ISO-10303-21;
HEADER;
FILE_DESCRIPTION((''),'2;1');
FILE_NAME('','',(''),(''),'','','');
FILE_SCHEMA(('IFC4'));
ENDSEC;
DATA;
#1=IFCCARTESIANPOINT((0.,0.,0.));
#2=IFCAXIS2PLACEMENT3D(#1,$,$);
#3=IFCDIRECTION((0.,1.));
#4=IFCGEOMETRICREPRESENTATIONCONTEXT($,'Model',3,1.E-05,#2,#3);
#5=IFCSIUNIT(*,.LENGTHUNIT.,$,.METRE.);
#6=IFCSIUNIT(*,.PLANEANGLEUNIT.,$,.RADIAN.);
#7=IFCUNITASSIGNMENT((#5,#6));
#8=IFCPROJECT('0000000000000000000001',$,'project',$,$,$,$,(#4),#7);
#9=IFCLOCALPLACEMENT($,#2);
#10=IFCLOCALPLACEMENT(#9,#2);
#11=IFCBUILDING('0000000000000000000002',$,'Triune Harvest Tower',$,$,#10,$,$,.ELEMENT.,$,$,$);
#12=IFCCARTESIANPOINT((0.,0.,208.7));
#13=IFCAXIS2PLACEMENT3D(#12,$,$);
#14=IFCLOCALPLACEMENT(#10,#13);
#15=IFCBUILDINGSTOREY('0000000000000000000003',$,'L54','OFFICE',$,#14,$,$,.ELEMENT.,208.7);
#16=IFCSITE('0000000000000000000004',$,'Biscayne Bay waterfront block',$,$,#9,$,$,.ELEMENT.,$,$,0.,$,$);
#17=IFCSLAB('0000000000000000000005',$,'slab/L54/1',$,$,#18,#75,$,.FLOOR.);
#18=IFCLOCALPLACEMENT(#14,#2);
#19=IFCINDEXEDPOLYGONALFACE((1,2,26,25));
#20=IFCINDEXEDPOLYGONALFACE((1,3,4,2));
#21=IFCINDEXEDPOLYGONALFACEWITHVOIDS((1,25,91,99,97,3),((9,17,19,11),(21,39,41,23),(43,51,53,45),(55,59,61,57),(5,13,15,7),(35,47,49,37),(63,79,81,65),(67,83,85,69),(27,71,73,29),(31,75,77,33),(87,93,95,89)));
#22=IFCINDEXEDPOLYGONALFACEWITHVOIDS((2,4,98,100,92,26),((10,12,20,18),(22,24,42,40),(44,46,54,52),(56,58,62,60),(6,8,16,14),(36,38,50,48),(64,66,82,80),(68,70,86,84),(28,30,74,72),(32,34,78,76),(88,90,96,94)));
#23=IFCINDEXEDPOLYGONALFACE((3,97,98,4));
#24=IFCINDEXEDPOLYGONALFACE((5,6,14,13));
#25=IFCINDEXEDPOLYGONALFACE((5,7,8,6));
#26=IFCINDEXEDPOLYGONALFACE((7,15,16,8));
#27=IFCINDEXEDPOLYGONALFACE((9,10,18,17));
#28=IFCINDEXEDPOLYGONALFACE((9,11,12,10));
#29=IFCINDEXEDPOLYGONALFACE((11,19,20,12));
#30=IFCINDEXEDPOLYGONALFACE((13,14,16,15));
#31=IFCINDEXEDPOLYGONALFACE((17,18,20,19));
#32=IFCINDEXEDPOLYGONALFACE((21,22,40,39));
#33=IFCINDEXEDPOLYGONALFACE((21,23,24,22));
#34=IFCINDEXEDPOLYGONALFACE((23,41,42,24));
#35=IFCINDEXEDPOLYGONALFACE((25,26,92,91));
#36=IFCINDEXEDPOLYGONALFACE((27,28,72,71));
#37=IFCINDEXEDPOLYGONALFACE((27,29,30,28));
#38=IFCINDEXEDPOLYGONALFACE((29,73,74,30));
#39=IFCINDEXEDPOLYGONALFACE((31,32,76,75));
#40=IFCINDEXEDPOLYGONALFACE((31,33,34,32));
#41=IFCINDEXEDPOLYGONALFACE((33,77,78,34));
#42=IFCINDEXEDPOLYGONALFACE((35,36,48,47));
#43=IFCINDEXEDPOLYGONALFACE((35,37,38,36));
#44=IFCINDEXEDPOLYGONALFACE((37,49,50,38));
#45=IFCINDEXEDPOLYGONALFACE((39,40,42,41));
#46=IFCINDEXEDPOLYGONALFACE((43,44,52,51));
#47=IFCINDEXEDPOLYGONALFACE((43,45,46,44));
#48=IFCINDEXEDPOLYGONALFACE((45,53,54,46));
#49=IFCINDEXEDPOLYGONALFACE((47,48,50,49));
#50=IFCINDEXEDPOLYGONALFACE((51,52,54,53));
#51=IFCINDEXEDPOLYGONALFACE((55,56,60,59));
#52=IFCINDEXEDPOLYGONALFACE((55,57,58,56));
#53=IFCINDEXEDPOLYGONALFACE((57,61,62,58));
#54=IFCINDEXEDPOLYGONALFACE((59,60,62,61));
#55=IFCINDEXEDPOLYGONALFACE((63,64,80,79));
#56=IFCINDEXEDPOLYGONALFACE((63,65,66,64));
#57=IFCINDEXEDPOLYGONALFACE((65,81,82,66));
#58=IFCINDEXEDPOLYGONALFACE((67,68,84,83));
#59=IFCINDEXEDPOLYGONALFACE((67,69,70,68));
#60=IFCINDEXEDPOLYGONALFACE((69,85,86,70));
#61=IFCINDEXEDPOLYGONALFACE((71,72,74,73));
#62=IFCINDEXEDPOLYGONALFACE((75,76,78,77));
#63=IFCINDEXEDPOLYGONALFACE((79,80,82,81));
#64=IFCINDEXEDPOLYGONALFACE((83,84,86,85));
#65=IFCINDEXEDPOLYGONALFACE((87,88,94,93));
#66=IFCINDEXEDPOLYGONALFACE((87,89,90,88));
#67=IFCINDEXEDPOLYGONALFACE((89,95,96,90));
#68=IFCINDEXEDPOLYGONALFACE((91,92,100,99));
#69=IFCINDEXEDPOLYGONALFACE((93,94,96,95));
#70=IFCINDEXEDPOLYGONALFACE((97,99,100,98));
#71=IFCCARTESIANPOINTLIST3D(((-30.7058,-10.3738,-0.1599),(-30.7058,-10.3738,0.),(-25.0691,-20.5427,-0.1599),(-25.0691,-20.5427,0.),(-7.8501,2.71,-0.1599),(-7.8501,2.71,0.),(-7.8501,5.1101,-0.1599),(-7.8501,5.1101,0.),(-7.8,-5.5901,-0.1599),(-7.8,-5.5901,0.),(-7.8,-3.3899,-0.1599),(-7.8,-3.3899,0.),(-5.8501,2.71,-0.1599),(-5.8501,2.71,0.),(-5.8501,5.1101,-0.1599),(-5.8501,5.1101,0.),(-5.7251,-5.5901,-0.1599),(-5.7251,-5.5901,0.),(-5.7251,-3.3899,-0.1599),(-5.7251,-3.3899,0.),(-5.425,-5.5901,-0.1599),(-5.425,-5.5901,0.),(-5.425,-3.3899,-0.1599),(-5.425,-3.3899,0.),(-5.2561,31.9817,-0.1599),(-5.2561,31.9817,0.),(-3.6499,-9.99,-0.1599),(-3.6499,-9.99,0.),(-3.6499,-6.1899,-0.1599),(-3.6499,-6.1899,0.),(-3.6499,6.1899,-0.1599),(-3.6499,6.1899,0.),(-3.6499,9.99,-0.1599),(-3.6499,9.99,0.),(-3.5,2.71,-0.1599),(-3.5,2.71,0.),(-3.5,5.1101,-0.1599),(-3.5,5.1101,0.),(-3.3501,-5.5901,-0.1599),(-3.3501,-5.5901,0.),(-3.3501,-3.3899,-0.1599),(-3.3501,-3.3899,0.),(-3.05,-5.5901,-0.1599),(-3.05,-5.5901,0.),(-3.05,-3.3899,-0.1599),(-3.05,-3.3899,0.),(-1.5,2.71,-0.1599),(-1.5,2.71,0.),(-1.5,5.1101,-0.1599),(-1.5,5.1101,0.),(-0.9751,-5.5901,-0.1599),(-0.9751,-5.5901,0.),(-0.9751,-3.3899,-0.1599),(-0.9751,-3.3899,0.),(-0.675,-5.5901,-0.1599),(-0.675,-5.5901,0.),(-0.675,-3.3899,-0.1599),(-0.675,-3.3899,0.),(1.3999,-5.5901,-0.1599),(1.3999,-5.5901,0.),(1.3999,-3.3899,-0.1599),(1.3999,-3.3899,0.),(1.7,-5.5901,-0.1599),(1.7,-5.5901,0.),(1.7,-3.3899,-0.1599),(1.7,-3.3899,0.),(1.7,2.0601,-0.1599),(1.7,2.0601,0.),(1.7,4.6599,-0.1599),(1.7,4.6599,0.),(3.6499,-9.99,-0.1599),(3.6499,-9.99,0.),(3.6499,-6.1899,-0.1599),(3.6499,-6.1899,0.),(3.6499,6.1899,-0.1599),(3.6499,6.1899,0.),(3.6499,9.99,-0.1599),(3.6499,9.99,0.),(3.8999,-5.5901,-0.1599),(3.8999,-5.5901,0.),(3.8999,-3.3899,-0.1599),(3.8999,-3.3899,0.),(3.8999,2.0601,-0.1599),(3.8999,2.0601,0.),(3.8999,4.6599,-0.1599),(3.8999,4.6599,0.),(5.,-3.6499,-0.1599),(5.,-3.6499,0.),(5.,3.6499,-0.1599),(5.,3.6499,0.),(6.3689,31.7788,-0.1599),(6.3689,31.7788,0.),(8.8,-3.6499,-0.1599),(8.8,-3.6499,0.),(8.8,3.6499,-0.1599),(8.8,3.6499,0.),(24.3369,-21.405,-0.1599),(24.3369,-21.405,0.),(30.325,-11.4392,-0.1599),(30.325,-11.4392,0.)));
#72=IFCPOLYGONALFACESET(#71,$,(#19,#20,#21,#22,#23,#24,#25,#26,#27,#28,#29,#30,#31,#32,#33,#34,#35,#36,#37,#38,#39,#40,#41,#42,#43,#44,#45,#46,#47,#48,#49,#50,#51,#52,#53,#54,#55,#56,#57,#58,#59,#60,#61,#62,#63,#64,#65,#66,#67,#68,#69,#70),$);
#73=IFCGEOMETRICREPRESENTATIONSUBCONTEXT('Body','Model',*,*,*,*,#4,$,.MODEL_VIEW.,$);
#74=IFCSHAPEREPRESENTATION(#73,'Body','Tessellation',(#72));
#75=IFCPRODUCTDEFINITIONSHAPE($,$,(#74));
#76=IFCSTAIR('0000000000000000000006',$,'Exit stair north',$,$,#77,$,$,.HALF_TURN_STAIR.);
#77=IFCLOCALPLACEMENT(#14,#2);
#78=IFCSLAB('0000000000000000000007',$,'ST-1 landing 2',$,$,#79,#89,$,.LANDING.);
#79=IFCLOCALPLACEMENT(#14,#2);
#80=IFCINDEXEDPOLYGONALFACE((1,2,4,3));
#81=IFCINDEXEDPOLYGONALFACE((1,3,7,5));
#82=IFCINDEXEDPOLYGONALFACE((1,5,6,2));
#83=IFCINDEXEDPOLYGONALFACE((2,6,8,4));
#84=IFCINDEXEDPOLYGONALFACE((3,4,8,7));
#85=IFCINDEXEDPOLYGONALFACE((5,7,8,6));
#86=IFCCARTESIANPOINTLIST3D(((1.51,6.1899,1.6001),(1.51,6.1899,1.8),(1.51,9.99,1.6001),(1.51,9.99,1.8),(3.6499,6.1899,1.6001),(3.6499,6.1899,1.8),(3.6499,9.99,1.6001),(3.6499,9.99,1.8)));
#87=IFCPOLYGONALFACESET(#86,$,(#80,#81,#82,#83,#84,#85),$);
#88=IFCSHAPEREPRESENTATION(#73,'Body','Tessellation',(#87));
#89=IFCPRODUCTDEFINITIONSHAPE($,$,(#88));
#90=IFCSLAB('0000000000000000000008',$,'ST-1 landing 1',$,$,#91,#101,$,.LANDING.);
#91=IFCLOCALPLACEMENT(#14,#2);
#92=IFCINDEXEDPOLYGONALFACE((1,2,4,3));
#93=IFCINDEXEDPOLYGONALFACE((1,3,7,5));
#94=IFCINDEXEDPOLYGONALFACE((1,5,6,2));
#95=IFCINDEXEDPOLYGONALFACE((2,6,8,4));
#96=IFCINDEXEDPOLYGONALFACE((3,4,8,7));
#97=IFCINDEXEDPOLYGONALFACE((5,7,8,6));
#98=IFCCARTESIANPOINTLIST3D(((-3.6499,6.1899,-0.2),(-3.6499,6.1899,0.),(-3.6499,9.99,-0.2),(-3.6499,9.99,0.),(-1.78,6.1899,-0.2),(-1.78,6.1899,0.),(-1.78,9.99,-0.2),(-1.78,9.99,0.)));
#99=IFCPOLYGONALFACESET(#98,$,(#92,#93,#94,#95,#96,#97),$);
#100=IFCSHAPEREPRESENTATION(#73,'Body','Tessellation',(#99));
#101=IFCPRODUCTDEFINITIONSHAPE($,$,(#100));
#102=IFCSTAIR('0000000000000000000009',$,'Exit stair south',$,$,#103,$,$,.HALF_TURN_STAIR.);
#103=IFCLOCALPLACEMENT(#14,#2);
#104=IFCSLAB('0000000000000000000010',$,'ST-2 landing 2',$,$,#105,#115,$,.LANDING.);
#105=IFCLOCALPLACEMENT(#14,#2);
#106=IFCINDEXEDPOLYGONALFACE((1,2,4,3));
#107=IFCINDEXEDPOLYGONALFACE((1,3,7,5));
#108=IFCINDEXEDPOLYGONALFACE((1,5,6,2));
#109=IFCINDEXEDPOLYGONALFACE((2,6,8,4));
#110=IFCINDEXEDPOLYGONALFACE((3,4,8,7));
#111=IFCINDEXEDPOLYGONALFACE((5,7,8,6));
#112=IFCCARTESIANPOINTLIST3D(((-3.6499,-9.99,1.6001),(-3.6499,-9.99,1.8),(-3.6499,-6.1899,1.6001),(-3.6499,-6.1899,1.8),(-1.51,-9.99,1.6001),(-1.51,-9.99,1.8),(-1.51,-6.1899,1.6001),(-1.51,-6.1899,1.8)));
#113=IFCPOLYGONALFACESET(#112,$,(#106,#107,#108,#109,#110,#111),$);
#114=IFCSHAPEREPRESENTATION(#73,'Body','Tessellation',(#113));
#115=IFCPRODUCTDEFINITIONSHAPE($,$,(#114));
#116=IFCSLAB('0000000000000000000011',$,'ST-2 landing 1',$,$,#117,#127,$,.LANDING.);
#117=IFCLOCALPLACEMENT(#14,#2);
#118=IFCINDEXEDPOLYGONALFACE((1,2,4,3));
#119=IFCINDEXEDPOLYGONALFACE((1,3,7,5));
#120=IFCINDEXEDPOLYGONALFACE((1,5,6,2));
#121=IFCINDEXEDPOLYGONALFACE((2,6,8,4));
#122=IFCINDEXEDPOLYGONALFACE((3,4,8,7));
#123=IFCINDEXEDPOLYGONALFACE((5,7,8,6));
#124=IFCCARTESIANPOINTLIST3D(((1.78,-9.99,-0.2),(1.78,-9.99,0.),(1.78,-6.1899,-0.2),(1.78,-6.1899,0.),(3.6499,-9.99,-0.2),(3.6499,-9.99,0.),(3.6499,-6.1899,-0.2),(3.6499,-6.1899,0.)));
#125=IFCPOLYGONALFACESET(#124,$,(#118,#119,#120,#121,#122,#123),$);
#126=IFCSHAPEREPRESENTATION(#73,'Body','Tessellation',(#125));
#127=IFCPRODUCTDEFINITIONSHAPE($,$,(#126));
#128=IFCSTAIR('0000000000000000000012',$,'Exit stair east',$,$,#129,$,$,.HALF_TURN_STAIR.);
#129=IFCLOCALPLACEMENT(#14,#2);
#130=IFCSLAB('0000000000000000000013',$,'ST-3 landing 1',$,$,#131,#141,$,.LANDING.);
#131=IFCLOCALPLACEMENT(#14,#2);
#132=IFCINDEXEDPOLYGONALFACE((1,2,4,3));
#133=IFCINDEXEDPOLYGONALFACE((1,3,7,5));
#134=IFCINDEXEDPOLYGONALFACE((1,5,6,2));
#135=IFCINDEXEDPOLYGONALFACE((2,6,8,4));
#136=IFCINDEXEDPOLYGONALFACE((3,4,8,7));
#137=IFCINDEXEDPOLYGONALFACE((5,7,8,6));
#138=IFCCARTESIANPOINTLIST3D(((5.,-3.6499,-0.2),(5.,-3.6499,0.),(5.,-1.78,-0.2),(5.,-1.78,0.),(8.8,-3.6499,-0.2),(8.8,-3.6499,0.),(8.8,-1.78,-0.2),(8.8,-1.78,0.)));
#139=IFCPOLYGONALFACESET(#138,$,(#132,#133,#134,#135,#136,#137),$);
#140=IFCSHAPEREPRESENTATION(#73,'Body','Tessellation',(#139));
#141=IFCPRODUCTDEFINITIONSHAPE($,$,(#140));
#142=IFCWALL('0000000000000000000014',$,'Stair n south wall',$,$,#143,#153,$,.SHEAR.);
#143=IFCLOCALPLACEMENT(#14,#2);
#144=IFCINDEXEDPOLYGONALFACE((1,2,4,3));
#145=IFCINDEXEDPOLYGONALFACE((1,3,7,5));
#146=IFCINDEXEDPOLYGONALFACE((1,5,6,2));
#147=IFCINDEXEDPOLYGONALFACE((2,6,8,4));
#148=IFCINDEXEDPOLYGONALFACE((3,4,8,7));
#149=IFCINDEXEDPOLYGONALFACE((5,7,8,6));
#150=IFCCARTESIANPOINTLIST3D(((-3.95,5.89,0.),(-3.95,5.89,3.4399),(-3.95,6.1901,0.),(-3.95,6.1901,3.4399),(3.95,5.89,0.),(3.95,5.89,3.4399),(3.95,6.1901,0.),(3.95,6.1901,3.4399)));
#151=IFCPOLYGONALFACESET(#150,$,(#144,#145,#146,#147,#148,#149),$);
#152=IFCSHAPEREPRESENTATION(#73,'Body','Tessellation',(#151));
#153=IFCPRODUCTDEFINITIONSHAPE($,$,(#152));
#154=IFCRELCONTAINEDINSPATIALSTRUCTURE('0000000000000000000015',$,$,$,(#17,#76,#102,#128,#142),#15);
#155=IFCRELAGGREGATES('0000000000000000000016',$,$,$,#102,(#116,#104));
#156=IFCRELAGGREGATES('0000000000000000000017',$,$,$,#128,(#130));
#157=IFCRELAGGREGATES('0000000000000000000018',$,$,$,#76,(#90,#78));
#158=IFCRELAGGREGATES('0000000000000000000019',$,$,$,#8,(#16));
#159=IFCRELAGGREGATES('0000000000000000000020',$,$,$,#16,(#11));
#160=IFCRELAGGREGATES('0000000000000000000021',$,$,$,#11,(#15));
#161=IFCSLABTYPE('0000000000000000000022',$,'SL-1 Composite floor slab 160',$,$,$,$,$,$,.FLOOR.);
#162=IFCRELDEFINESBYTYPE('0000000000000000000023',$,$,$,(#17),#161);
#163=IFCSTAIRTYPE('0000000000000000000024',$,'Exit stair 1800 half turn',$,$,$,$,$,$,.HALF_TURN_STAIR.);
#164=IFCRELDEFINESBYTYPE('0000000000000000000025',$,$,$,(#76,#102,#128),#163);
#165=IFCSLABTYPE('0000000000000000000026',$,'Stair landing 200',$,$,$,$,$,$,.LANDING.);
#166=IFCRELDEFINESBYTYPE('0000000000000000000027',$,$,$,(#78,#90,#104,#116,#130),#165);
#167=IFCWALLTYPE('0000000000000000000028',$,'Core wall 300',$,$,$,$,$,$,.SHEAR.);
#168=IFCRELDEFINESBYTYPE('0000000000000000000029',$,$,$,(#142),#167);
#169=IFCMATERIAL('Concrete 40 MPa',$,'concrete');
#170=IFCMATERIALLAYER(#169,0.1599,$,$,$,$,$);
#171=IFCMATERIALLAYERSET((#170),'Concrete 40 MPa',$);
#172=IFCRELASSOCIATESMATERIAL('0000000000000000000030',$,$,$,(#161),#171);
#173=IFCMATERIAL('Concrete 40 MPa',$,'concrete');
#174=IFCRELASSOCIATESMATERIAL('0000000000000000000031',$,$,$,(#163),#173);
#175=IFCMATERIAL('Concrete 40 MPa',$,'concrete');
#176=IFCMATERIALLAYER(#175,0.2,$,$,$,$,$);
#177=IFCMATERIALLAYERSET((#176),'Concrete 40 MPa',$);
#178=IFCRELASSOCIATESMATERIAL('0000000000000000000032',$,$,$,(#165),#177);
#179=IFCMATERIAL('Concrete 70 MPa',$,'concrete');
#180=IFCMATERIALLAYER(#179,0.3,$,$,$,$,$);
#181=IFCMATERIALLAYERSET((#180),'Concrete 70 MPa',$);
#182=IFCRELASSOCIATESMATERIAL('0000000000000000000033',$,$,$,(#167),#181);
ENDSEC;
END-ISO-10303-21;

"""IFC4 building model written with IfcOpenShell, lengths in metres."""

from ifc_helpers import new_model, si_unit, direction, frame, frame_2d, origin, place, context, subcontext, project, spatial, polyline, rectangle, outline, extrude, source, transform, mapped, material, layer, layer_set, type_object, element, aggregate, save


model = new_model("IFC4")

# Units and contexts
model_context = context("Model", 3, precision=1e-05, world=origin(), true_north=direction((0.0, 1.0)))
body_context = subcontext(model_context, "Body", "Model", "MODEL_VIEW")
ifc_project = project(units=[si_unit("LENGTHUNIT", "METRE"), si_unit("PLANEANGLEUNIT", "RADIAN")], contexts=[model_context])

# Site, building, storey
site_placement = place(None, origin())
site = spatial("IfcSite", under=ifc_project, at=site_placement, Name="Biscayne Bay waterfront block", CompositionType="ELEMENT", RefElevation=0.0)
building_placement = place(site_placement, origin())
building = spatial("IfcBuilding", under=site, at=building_placement, Name="Triune Harvest Tower", CompositionType="ELEMENT")
storey_placement = place(building_placement, frame((0.0, 0.0, 208.7)))
storey = spatial("IfcBuildingStorey", under=building, at=storey_placement, Name="L54", Description="OFFICE", CompositionType="ELEMENT", Elevation=208.7)

# Slab
ifc_material_1 = material(Name="Concrete 40 MPa", Category="concrete")
ifc_layer_1 = layer(ifc_material_1, 0.1599)
ifc_layer_set_1 = layer_set([ifc_layer_1], Name="Concrete 40 MPa")
slab_type_1 = type_object("IfcSlabType", Name="SL-1 Composite floor slab 160", PredefinedType="FLOOR", material=ifc_layer_set_1)
shared_shape_1 = source(origin(), body_context, "Body", "SweptSolid", [
    extrude(outline(polyline([(30.325, -11.4392), (6.3689, 31.7788), (-5.2561, 31.9817), (-30.7058, -10.3738), (-25.0691, -20.5427), (24.3369, -21.405), (30.325, -11.4392)]), holes=[polyline([(-5.7251, -5.5901), (-5.7251, -3.3899), (-7.8, -3.3899), (-7.8, -5.5901), (-5.7251, -5.5901)]), polyline([(-3.3501, -5.5901), (-3.3501, -3.3899), (-5.425, -3.3899), (-5.425, -5.5901), (-3.3501, -5.5901)]), polyline([(-0.9751, -5.5901), (-0.9751, -3.3899), (-3.05, -3.3899), (-3.05, -5.5901), (-0.9751, -5.5901)]), polyline([(1.3999, -5.5901), (1.3999, -3.3899), (-0.675, -3.3899), (-0.675, -5.5901), (1.3999, -5.5901)]), polyline([(3.8999, 2.0601), (3.8999, 4.6599), (1.7, 4.6599), (1.7, 2.0601), (3.8999, 2.0601)]), polyline([(3.8999, -5.5901), (3.8999, -3.3899), (1.7, -3.3899), (1.7, -5.5901), (3.8999, -5.5901)]), polyline([(-5.8501, 2.71), (-5.8501, 5.1101), (-7.8501, 5.1101), (-7.8501, 2.71), (-5.8501, 2.71)]), polyline([(-1.5, 2.71), (-1.5, 5.1101), (-3.5, 5.1101), (-3.5, 2.71), (-1.5, 2.71)]), polyline([(3.6499, 6.1899), (3.6499, 9.99), (-3.6499, 9.99), (-3.6499, 6.1899), (3.6499, 6.1899)]), polyline([(3.6499, -9.99), (3.6499, -6.1899), (-3.6499, -6.1899), (-3.6499, -9.99), (3.6499, -9.99)]), polyline([(8.8, -3.6499), (8.8, 3.6499), (5.0, 3.6499), (5.0, -3.6499), (8.8, -3.6499)])]), origin(), (0.0, 0.0, 1.0), 0.1599),
])
slab_1_placement = place(storey_placement, frame((0.0, 0.0, -0.1599)))
element("IfcSlab", 1, at=slab_1_placement, inside=storey, type_object=slab_type_1, Name="slab/L54/1", PredefinedType="FLOOR", context=body_context, shape_type="MappedRepresentation", body=[
    mapped(shared_shape_1, transform((0.0, 0.0, 0.0), scale=1.0)),
])

# Stairs, slabs
ifc_material_2 = material(Name="Concrete 40 MPa", Category="concrete")
stair_type = type_object("IfcStairType", Name="Exit stair 1800 half turn", PredefinedType="HALF_TURN_STAIR", material=ifc_material_2)
stair_1_placement = place(storey_placement, origin())
stair_1 = element("IfcStair", 2, at=stair_1_placement, inside=storey, type_object=stair_type, Name="Exit stair north", PredefinedType="HALF_TURN_STAIR")
ifc_material_3 = material(Name="Concrete 40 MPa", Category="concrete")
ifc_layer_2 = layer(ifc_material_3, 0.2)
ifc_layer_set_2 = layer_set([ifc_layer_2], Name="Concrete 40 MPa")
slab_type_2 = type_object("IfcSlabType", Name="Stair landing 200", PredefinedType="LANDING", material=ifc_layer_set_2)
shared_shape_2 = source(origin(), body_context, "Body", "SweptSolid", [
    extrude(outline(polyline([(1.51, 6.1899), (3.6499, 6.1899), (3.6499, 9.99), (1.51, 9.99), (1.51, 6.1899)])), origin(), (0.0, 0.0, 1.0), 0.2),
])
slab_2_placement = place(storey_placement, frame((0.0, 0.0, 1.6001)))
slab_2 = element("IfcSlab", 3, at=slab_2_placement, type_object=slab_type_2, Name="ST-1 landing 2", PredefinedType="LANDING", context=body_context, shape_type="MappedRepresentation", body=[
    mapped(shared_shape_2, transform((0.0, 0.0, 0.0), scale=1.0)),
])
shared_shape_3 = source(origin(), body_context, "Body", "SweptSolid", [
    extrude(outline(polyline([(-3.6499, 6.1899), (-1.78, 6.1899), (-1.78, 9.99), (-3.6499, 9.99), (-3.6499, 6.1899)])), origin(), (0.0, 0.0, 1.0), 0.2),
])
slab_3_placement = place(storey_placement, frame((0.0, 0.0, -0.2)))
slab_3 = element("IfcSlab", 4, at=slab_3_placement, type_object=slab_type_2, Name="ST-1 landing 1", PredefinedType="LANDING", context=body_context, shape_type="MappedRepresentation", body=[
    mapped(shared_shape_3, transform((0.0, 0.0, 0.0), scale=1.0)),
])
stair_2_placement = place(storey_placement, origin())
stair_2 = element("IfcStair", 5, at=stair_2_placement, inside=storey, type_object=stair_type, Name="Exit stair south", PredefinedType="HALF_TURN_STAIR")
shared_shape_4 = source(origin(), body_context, "Body", "SweptSolid", [
    extrude(outline(polyline([(-1.51, -6.1899), (-3.6499, -6.1899), (-3.6499, -9.99), (-1.51, -9.99), (-1.51, -6.1899)])), origin(), (0.0, 0.0, 1.0), 0.2),
])
slab_4_placement = place(storey_placement, frame((0.0, 0.0, 1.6001)))
slab_4 = element("IfcSlab", 6, at=slab_4_placement, type_object=slab_type_2, Name="ST-2 landing 2", PredefinedType="LANDING", context=body_context, shape_type="MappedRepresentation", body=[
    mapped(shared_shape_4, transform((0.0, 0.0, 0.0), scale=1.0)),
])
shared_shape_5 = source(origin(), body_context, "Body", "SweptSolid", [
    extrude(outline(polyline([(3.6499, -6.1899), (1.78, -6.1899), (1.78, -9.99), (3.6499, -9.99), (3.6499, -6.1899)])), origin(), (0.0, 0.0, 1.0), 0.2),
])
slab_5_placement = place(storey_placement, frame((0.0, 0.0, -0.2)))
slab_5 = element("IfcSlab", 7, at=slab_5_placement, type_object=slab_type_2, Name="ST-2 landing 1", PredefinedType="LANDING", context=body_context, shape_type="MappedRepresentation", body=[
    mapped(shared_shape_5, transform((0.0, 0.0, 0.0), scale=1.0)),
])
aggregate(stair_2, [slab_5, slab_4])

# Stair, slab
stair_3_placement = place(storey_placement, origin())
stair_3 = element("IfcStair", 8, at=stair_3_placement, inside=storey, type_object=stair_type, Name="Exit stair east", PredefinedType="HALF_TURN_STAIR")
shared_shape_6 = source(origin(), body_context, "Body", "SweptSolid", [
    extrude(outline(polyline([(8.8, -3.6499), (8.8, -1.78), (5.0, -1.78), (5.0, -3.6499), (8.8, -3.6499)])), origin(), (0.0, 0.0, 1.0), 0.2),
])
slab_6_placement = place(storey_placement, frame((0.0, 0.0, -0.2)))
slab_6 = element("IfcSlab", 9, at=slab_6_placement, type_object=slab_type_2, Name="ST-3 landing 1", PredefinedType="LANDING", context=body_context, shape_type="MappedRepresentation", body=[
    mapped(shared_shape_6, transform((0.0, 0.0, 0.0), scale=1.0)),
])
aggregate(stair_3, [slab_6])

# Wall
ifc_material_4 = material(Name="Concrete 70 MPa", Category="concrete")
ifc_layer_3 = layer(ifc_material_4, 0.3)
ifc_layer_set_3 = layer_set([ifc_layer_3], Name="Concrete 70 MPa")
wall_type = type_object("IfcWallType", Name="Core wall 300", PredefinedType="SHEAR", material=ifc_layer_set_3)
shared_shape_7 = source(origin(), body_context, "Body", "SweptSolid", [
    extrude(rectangle(XDim=7.8999, YDim=0.3, at=frame_2d((3.95, 0.0))), origin(), (0.0, 0.0, 1.0), 3.4399),
])
wall_1_placement = place(storey_placement, frame((-3.95, 6.04, 0.0), z_axis=(0.0, 0.0, 1.0), x_axis=(1.0, 0.0, 0.0)))
element("IfcWall", 10, at=wall_1_placement, inside=storey, type_object=wall_type, Name="Stair n south wall", PredefinedType="SHEAR", context=body_context, shape_type="MappedRepresentation", body=[
    mapped(shared_shape_7, transform((0.0, 0.0, 0.0), scale=1.0)),
])

aggregate(stair_1, [slab_3, slab_2])

save(model, "model.ifc")
